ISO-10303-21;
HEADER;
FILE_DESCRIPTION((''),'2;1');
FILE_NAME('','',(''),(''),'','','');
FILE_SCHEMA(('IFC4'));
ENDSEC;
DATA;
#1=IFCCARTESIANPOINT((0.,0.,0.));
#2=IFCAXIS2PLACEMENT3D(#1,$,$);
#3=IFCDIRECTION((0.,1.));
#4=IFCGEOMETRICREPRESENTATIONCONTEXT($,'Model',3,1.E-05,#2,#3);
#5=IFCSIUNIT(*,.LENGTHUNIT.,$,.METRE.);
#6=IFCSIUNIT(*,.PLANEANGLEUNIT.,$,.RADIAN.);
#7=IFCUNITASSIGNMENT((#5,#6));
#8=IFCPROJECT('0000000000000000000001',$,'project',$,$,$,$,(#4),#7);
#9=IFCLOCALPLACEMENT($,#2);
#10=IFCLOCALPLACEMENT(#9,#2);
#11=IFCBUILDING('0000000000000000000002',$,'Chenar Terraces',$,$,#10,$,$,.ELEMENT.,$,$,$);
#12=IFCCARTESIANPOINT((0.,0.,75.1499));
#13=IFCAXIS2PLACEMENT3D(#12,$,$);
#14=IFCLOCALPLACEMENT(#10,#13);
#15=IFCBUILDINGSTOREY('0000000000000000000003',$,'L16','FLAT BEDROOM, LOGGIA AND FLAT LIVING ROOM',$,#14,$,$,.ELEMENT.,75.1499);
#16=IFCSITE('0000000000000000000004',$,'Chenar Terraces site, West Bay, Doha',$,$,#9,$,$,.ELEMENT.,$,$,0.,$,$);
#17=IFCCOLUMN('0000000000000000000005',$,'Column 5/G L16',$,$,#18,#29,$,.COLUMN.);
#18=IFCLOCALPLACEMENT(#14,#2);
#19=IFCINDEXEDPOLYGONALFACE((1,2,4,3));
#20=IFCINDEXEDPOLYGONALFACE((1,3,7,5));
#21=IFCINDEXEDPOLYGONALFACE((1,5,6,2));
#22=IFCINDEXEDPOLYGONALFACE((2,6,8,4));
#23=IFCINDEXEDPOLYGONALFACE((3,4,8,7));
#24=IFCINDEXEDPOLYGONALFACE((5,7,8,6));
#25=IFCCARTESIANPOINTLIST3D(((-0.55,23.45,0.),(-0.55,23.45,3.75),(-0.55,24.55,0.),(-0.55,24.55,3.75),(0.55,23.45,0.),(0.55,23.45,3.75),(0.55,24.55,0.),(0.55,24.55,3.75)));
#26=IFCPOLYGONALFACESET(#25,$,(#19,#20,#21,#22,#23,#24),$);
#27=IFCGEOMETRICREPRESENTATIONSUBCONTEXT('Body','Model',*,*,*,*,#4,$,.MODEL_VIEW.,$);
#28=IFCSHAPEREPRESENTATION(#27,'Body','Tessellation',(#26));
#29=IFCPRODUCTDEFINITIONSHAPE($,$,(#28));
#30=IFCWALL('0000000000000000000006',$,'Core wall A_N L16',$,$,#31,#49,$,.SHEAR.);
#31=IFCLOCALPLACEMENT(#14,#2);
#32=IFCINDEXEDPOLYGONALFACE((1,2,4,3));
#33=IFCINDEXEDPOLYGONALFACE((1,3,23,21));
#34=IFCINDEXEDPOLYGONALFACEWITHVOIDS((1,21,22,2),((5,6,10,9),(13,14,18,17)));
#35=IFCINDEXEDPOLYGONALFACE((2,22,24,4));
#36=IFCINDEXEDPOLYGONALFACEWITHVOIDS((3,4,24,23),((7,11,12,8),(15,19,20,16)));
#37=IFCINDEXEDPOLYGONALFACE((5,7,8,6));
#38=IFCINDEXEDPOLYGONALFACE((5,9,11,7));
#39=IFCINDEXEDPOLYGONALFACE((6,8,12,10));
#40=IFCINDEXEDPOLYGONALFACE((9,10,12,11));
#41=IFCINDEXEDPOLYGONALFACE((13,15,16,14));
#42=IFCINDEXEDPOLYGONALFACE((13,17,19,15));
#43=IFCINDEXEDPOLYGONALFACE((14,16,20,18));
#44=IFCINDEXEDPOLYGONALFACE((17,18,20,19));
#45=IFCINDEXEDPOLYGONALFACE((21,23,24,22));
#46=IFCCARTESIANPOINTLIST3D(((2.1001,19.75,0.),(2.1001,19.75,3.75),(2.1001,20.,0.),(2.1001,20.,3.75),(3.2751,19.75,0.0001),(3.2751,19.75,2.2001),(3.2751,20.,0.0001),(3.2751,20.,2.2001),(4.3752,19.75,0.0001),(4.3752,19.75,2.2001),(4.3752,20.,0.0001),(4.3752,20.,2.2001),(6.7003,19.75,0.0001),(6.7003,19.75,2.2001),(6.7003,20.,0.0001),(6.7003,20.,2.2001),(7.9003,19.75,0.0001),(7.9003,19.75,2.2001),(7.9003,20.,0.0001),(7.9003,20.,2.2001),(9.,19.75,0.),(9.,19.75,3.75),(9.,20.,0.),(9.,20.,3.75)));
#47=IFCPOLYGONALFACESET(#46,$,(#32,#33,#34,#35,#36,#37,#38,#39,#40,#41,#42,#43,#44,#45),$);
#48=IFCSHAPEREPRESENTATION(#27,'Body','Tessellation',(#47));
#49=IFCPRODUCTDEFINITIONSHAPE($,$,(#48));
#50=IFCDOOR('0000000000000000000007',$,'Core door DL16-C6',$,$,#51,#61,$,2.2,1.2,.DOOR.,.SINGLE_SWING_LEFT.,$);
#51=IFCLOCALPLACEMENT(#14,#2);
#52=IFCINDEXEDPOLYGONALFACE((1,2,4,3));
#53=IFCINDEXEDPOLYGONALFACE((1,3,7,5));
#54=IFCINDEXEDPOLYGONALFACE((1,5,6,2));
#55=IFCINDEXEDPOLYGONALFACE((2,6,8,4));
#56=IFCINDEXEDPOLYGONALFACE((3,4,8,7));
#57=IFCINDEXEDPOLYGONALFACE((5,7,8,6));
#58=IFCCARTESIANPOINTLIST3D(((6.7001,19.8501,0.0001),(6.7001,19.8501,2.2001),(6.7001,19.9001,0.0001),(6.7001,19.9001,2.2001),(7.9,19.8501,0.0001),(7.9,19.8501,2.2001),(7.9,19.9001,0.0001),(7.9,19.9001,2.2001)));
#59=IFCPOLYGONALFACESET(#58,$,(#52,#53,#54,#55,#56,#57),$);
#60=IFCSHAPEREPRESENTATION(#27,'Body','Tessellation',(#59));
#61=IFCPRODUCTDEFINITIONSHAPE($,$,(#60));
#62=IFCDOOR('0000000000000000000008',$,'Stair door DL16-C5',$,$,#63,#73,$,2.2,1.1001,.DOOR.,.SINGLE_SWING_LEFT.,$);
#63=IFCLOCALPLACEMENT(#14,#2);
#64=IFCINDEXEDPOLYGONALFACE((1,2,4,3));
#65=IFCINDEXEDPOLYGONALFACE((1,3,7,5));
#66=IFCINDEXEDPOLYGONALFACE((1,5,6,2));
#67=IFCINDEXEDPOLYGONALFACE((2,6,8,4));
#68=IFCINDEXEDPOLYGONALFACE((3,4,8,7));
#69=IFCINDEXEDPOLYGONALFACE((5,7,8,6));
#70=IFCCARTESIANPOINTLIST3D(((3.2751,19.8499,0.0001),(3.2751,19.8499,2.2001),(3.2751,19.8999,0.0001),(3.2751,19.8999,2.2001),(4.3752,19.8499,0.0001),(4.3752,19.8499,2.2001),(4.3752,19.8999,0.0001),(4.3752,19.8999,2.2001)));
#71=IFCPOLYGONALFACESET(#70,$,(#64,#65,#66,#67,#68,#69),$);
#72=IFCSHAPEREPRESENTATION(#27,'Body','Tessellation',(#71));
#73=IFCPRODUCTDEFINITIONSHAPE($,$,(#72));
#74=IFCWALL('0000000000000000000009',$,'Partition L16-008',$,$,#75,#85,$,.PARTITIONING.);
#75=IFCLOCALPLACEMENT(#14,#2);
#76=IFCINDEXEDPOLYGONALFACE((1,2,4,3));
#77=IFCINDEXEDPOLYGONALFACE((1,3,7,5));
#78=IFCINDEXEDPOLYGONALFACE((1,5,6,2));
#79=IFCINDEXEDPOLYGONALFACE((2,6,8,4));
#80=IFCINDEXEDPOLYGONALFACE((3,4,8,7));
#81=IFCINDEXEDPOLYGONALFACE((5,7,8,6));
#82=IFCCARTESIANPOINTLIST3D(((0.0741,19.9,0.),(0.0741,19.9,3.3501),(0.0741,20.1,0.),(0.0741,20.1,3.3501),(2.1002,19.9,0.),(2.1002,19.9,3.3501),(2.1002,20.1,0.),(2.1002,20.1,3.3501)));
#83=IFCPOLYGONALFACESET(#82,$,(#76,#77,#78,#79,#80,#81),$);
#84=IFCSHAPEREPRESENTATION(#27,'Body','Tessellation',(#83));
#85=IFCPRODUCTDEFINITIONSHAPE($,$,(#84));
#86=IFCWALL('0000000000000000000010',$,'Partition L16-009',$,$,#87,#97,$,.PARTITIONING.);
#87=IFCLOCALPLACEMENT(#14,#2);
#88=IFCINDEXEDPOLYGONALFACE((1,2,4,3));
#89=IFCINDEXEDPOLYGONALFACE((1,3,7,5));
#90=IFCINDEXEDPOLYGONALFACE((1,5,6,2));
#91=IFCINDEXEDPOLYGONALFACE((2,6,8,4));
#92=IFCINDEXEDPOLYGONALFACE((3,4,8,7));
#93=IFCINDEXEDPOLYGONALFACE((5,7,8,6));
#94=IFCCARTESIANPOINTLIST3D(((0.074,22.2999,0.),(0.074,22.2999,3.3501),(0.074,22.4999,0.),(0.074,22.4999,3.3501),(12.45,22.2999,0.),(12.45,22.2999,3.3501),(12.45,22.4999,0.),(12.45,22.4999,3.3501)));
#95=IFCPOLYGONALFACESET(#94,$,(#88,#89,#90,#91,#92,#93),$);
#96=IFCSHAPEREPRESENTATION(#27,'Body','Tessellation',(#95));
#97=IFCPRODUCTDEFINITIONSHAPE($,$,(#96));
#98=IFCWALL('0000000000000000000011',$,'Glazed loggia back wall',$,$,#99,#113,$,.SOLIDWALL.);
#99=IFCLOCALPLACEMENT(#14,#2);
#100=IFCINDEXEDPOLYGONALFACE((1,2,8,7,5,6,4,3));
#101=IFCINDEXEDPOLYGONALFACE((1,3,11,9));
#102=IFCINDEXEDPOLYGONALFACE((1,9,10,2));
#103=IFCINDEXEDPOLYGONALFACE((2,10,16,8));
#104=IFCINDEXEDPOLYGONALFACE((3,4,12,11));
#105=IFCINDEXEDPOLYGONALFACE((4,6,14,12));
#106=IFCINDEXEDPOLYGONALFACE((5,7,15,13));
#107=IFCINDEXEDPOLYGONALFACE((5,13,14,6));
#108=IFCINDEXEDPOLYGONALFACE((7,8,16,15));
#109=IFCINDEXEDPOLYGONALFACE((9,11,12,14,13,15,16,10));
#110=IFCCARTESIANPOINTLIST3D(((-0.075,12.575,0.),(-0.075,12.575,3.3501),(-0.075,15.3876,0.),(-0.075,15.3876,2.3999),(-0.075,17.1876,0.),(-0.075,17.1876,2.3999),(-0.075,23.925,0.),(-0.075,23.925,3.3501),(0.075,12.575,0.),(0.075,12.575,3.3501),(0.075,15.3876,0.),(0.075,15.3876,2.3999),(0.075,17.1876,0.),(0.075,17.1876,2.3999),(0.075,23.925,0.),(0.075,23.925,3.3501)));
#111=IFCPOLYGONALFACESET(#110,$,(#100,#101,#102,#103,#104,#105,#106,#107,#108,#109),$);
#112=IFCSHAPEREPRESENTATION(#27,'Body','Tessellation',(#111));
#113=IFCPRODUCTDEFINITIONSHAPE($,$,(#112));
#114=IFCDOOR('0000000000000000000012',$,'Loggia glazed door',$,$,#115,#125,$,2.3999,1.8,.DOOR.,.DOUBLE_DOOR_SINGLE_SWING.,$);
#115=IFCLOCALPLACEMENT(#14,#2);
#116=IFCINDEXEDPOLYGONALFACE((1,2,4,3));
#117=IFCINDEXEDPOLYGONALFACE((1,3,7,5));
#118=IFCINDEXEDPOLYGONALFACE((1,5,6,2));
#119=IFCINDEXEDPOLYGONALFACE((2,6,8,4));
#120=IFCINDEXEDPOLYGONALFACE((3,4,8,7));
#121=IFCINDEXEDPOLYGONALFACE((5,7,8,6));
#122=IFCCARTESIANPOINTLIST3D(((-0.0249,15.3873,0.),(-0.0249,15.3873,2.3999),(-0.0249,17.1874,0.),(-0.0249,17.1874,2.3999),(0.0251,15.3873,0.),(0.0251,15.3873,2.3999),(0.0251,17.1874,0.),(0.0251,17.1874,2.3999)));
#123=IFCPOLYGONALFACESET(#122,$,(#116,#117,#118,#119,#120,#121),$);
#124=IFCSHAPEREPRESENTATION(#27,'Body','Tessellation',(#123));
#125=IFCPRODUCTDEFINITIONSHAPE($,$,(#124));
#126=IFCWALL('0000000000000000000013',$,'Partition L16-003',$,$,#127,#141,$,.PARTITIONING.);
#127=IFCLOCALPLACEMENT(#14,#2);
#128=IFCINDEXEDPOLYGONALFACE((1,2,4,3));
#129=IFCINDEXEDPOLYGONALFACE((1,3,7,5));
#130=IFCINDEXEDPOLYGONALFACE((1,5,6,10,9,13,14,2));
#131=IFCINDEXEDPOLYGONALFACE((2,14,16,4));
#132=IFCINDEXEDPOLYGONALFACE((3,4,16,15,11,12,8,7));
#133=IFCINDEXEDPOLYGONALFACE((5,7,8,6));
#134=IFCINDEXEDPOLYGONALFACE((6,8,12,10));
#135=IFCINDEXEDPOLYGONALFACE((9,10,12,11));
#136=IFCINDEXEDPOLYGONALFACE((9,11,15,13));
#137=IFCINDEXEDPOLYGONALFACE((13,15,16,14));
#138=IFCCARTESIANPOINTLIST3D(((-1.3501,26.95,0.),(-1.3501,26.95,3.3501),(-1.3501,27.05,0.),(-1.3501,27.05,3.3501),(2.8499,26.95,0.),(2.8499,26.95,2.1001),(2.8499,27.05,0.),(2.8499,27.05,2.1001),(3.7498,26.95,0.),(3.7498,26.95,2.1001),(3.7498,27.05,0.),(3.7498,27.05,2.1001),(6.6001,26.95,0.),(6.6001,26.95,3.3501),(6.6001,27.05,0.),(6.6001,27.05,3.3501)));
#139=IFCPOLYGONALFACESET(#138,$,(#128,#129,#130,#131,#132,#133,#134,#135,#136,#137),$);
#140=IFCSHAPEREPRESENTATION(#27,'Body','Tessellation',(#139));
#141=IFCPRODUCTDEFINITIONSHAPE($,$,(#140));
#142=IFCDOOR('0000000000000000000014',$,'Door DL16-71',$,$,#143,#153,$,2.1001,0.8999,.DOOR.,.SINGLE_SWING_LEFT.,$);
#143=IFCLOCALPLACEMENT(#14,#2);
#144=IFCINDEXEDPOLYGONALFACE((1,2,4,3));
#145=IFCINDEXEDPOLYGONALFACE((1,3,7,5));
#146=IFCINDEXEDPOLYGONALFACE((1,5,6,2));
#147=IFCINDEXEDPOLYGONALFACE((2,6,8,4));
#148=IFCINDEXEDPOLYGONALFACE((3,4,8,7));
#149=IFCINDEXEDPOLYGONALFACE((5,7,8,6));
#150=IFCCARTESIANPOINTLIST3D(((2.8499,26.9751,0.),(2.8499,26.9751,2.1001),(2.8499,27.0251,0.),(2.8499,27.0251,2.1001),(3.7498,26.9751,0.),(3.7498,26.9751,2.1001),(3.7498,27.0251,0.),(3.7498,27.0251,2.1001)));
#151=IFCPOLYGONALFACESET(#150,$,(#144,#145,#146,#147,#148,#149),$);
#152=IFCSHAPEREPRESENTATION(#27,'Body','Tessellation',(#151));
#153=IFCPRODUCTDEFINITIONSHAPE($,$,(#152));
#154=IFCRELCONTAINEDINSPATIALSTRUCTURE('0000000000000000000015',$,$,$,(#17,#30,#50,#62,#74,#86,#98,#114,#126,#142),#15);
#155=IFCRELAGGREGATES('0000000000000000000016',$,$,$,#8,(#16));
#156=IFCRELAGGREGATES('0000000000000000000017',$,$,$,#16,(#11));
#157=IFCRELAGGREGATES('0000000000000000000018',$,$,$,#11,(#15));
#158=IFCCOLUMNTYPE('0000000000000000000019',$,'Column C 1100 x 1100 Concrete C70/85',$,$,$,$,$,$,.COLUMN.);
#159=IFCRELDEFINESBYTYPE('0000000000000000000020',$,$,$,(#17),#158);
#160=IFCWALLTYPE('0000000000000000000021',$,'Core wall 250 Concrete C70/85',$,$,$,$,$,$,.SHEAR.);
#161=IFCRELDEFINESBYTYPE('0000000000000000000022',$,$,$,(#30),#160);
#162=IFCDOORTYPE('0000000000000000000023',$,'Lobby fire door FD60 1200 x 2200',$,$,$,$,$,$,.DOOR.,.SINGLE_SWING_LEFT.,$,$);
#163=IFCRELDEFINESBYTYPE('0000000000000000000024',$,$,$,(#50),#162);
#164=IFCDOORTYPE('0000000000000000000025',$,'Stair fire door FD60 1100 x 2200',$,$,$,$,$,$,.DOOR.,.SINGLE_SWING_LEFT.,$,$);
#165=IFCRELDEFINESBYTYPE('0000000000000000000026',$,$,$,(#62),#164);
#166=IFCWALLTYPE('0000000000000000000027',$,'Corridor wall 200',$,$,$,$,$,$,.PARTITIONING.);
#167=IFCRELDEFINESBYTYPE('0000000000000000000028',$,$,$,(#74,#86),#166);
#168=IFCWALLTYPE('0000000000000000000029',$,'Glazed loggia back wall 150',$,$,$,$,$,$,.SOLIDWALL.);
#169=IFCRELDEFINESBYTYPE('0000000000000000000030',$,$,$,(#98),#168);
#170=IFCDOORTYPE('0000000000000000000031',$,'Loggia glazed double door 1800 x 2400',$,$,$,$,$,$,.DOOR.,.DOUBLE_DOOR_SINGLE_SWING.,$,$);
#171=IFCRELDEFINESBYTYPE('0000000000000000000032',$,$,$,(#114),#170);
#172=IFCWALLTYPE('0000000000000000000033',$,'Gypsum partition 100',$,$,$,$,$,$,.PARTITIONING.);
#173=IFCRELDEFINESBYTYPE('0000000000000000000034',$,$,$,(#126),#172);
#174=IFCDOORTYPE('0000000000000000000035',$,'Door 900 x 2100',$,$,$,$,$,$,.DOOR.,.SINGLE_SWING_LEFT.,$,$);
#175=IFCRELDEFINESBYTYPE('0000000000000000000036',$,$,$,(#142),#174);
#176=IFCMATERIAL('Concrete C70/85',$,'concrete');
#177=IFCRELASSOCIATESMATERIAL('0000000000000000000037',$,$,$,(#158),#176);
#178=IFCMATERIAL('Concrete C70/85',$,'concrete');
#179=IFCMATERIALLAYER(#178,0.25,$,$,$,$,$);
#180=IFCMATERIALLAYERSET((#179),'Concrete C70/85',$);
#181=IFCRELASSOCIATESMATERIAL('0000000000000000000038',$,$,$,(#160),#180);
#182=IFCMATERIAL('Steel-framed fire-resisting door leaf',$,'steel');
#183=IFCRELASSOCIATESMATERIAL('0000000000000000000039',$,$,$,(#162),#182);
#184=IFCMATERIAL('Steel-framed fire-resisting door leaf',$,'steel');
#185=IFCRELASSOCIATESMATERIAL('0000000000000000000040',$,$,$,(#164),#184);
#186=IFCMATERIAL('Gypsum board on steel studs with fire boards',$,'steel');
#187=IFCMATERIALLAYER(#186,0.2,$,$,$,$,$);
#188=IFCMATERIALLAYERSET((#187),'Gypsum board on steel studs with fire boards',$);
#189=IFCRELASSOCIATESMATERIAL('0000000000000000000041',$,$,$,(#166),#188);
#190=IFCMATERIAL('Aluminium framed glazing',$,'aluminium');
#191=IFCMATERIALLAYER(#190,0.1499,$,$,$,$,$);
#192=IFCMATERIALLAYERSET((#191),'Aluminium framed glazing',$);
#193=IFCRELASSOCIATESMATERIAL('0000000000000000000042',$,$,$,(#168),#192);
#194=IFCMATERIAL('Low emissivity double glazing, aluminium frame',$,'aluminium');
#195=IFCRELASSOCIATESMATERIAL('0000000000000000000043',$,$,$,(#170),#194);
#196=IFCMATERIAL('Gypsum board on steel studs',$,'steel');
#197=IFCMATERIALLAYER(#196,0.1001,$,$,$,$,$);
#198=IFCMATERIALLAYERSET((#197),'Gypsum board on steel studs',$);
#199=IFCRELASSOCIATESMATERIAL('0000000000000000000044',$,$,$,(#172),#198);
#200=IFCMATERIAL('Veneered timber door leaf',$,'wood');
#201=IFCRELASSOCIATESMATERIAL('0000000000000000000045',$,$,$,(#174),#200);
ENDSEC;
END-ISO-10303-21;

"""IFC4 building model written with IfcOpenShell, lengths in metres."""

from ifc_helpers import new_model, si_unit, direction, frame, frame_2d, origin, origin_2d, place, context, subcontext, project, spatial, rectangle, extrude, material, layer, layer_set, material_profile, profile_set, type_object, element, fill, save


model = new_model("IFC4")

# Units and contexts
model_context = context("Model", 3, precision=1e-05, world=origin(), true_north=direction((0.0, 1.0)))
body_context = subcontext(model_context, "Body", "Model", "MODEL_VIEW")
ifc_project = project(units=[si_unit("LENGTHUNIT", "METRE"), si_unit("PLANEANGLEUNIT", "RADIAN")], contexts=[model_context])

# Site, building, storey
site_placement = place(None, origin())
site = spatial("IfcSite", under=ifc_project, at=site_placement, Name="Chenar Terraces site, West Bay, Doha", CompositionType="ELEMENT", RefElevation=0.0)
building_placement = place(site_placement, origin())
building = spatial("IfcBuilding", under=site, at=building_placement, Name="Chenar Terraces", CompositionType="ELEMENT")
storey_placement = place(building_placement, frame((0.0, 0.0, 75.1499)))
storey = spatial("IfcBuildingStorey", under=building, at=storey_placement, Name="L16", Description="FLAT BEDROOM, LOGGIA AND FLAT LIVING ROOM", CompositionType="ELEMENT", Elevation=75.1499)

# Column
ifc_material_1 = material(Name="Concrete C70/85", Category="concrete")
ifc_material_profile = material_profile(ifc_material_1, rectangle(XDim=1.1001, YDim=1.1001, at=origin_2d()), Name="C 1100 x 1100")
ifc_profile_set = profile_set([ifc_material_profile], Name="Concrete C70/85")
column_type = type_object("IfcColumnType", Name="Column C 1100 x 1100 Concrete C70/85", PredefinedType="COLUMN", material=ifc_profile_set)
column_placement = place(storey_placement, frame((0.0, 24.0, 0.0), z_axis=(0.0, 0.0, 1.0), x_axis=(1.0, 0.0, 0.0)))
element("IfcColumn", 1, at=column_placement, inside=storey, type_object=column_type, Name="Column 5/G L16", PredefinedType="COLUMN", context=body_context, shape_type="SweptSolid", body=[
    extrude(rectangle(XDim=1.1001, YDim=1.1001, at=origin_2d()), origin(), (0.0, 0.0, 1.0), 3.75),
])

# Wall, openings, doors
ifc_material_2 = material(Name="Concrete C70/85", Category="concrete")
ifc_layer_1 = layer(ifc_material_2, 0.25)
ifc_layer_set_1 = layer_set([ifc_layer_1], Name="Concrete C70/85")
wall_type_1 = type_object("IfcWallType", Name="Core wall 250 Concrete C70/85", PredefinedType="SHEAR", material=ifc_layer_set_1)
wall_1_placement = place(storey_placement, frame((2.1001, 19.875, 0.0), z_axis=(0.0, 0.0, 1.0), x_axis=(1.0, 0.0, 0.0)))
wall_1 = element("IfcWall", 2, at=wall_1_placement, inside=storey, type_object=wall_type_1, Name="Core wall A_N L16", PredefinedType="SHEAR", context=body_context, shape_type="SweptSolid", body=[
    extrude(rectangle(XDim=6.8999, YDim=0.25, at=frame_2d((3.45, 0.0))), origin(), (0.0, 0.0, 1.0), 3.75),
])
opening_1_placement = place(wall_1_placement, frame((1.175, 0.0, 0.0)))
opening_1 = element("IfcOpeningElement", 3, at=opening_1_placement, cuts=wall_1, PredefinedType="OPENING", context=body_context, shape_type="SweptSolid", body=[
    extrude(rectangle(XDim=1.1001, YDim=2.2, at=frame_2d((0.55, 1.1001))), frame((0.0, 0.135, 0.0), z_axis=(0.0, -1.0, 0.0), x_axis=(1.0, 0.0, 0.0)), (0.0, 0.0, 1.0), 0.27),
])
opening_2_placement = place(wall_1_placement, frame((4.6001, 0.0, 0.0)))
opening_2 = element("IfcOpeningElement", 4, at=opening_2_placement, cuts=wall_1, PredefinedType="OPENING", context=body_context, shape_type="SweptSolid", body=[
    extrude(rectangle(XDim=1.2, YDim=2.2, at=frame_2d((0.6001, 1.1001))), frame((0.0, 0.135, 0.0), z_axis=(0.0, -1.0, 0.0), x_axis=(1.0, 0.0, 0.0)), (0.0, 0.0, 1.0), 0.27),
])
ifc_material_3 = material(Name="Steel-framed fire-resisting door leaf", Category="steel")
door_type_1 = type_object("IfcDoorType", Name="Lobby fire door FD60 1200 x 2200", OperationType="SINGLE_SWING_LEFT", PredefinedType="DOOR", material=ifc_material_3)
door_1_placement = place(opening_2_placement, frame((1.2, 0.0, 0.0), z_axis=(0.0, 0.0, 1.0), x_axis=(-1.0, 0.0, 0.0)))
door_1 = element("IfcDoor", 5, at=door_1_placement, inside=storey, type_object=door_type_1, Name="Core door DL16-C6", OperationType="SINGLE_SWING_LEFT", OverallHeight=2.2, OverallWidth=1.2, PredefinedType="DOOR", context=body_context, shape_type="SweptSolid", body=[
    extrude(rectangle(XDim=1.2, YDim=2.2, at=frame_2d((0.6001, 1.1001))), frame((0.0, 0.0249, 0.0), z_axis=(0.0, -1.0, 0.0), x_axis=(1.0, 0.0, 0.0)), (0.0, 0.0, 1.0), 0.05),
])
fill(opening_2, door_1)
ifc_material_4 = material(Name="Steel-framed fire-resisting door leaf", Category="steel")
door_type_2 = type_object("IfcDoorType", Name="Stair fire door FD60 1100 x 2200", OperationType="SINGLE_SWING_LEFT", PredefinedType="DOOR", material=ifc_material_4)
door_2_placement = place(opening_1_placement, origin())
door_2 = element("IfcDoor", 6, at=door_2_placement, inside=storey, type_object=door_type_2, Name="Stair door DL16-C5", OperationType="SINGLE_SWING_LEFT", OverallHeight=2.2, OverallWidth=1.1001, PredefinedType="DOOR", context=body_context, shape_type="SweptSolid", body=[
    extrude(rectangle(XDim=1.1001, YDim=2.2, at=frame_2d((0.55, 1.1001))), frame((0.0, 0.0249, 0.0), z_axis=(0.0, -1.0, 0.0), x_axis=(1.0, 0.0, 0.0)), (0.0, 0.0, 1.0), 0.05),
])
fill(opening_1, door_2)

# Walls
ifc_material_5 = material(Name="Gypsum board on steel studs with fire boards", Category="steel")
ifc_layer_2 = layer(ifc_material_5, 0.2)
ifc_layer_set_2 = layer_set([ifc_layer_2], Name="Gypsum board on steel studs with fire boards")
wall_type_2 = type_object("IfcWallType", Name="Corridor wall 200", PredefinedType="PARTITIONING", material=ifc_layer_set_2)
wall_2_placement = place(storey_placement, frame((0.074, 20.0, 0.0), z_axis=(0.0, 0.0, 1.0), x_axis=(1.0, 0.0, 0.0)))
element("IfcWall", 7, at=wall_2_placement, inside=storey, type_object=wall_type_2, Name="Partition L16-008", PredefinedType="PARTITIONING", context=body_context, shape_type="SweptSolid", body=[
    extrude(rectangle(XDim=2.0261, YDim=0.2, at=frame_2d((1.0132, 0.0))), origin(), (0.0, 0.0, 1.0), 3.3501),
])
wall_3_placement = place(storey_placement, frame((0.074, 22.3999, 0.0), z_axis=(0.0, 0.0, 1.0), x_axis=(1.0, 0.0, 0.0)))
element("IfcWall", 8, at=wall_3_placement, inside=storey, type_object=wall_type_2, Name="Partition L16-009", PredefinedType="PARTITIONING", context=body_context, shape_type="SweptSolid", body=[
    extrude(rectangle(XDim=12.376, YDim=0.2, at=frame_2d((6.188, 0.0))), origin(), (0.0, 0.0, 1.0), 3.3501),
])

# Walls, openings, doors
ifc_material_6 = material(Name="Aluminium framed glazing", Category="aluminium")
ifc_layer_3 = layer(ifc_material_6, 0.1499)
ifc_layer_set_3 = layer_set([ifc_layer_3], Name="Aluminium framed glazing")
wall_type_3 = type_object("IfcWallType", Name="Glazed loggia back wall 150", PredefinedType="SOLIDWALL", material=ifc_layer_set_3)
wall_4_placement = place(storey_placement, frame((0.0, 23.925, 0.0), z_axis=(0.0, 0.0, 1.0), x_axis=(0.0, -1.0, 0.0)))
wall_4 = element("IfcWall", 9, at=wall_4_placement, inside=storey, type_object=wall_type_3, Name="Glazed loggia back wall", PredefinedType="SOLIDWALL", context=body_context, shape_type="SweptSolid", body=[
    extrude(rectangle(XDim=11.3501, YDim=0.1499, at=frame_2d((5.675, 0.0))), origin(), (0.0, 0.0, 1.0), 3.3501),
])
opening_3_placement = place(wall_4_placement, frame((6.7375, 0.0, 0.0)))
opening_3 = element("IfcOpeningElement", 10, at=opening_3_placement, cuts=wall_4, PredefinedType="OPENING", context=body_context, shape_type="SweptSolid", body=[
    extrude(rectangle(XDim=1.8, YDim=2.3999, at=frame_2d((0.8999, 1.2))), frame((0.0, 0.085, 0.0), z_axis=(0.0, -1.0, 0.0), x_axis=(1.0, 0.0, 0.0)), (0.0, 0.0, 1.0), 0.1699),
])
ifc_material_7 = material(Name="Low emissivity double glazing, aluminium frame", Category="aluminium")
door_type_3 = type_object("IfcDoorType", Name="Loggia glazed double door 1800 x 2400", OperationType="DOUBLE_DOOR_SINGLE_SWING", PredefinedType="DOOR", material=ifc_material_7)
door_3_placement = place(opening_3_placement, frame((1.8, 0.0, 0.0), z_axis=(0.0, 0.0, 1.0), x_axis=(-1.0, 0.0, 0.0)))
door_3 = element("IfcDoor", 11, at=door_3_placement, inside=storey, type_object=door_type_3, Name="Loggia glazed door", OperationType="DOUBLE_DOOR_SINGLE_SWING", OverallHeight=2.3999, OverallWidth=1.8, PredefinedType="DOOR", context=body_context, shape_type="SweptSolid", body=[
    extrude(rectangle(XDim=1.8, YDim=2.3999, at=frame_2d((0.8999, 1.2))), frame((0.0, 0.0249, 0.0), z_axis=(0.0, -1.0, 0.0), x_axis=(1.0, 0.0, 0.0)), (0.0, 0.0, 1.0), 0.05),
])
fill(opening_3, door_3)
ifc_material_8 = material(Name="Gypsum board on steel studs", Category="steel")
ifc_layer_4 = layer(ifc_material_8, 0.1001)
ifc_layer_set_4 = layer_set([ifc_layer_4], Name="Gypsum board on steel studs")
wall_type_4 = type_object("IfcWallType", Name="Gypsum partition 100", PredefinedType="PARTITIONING", material=ifc_layer_set_4)
wall_5_placement = place(storey_placement, frame((-1.3501, 27.0, 0.0), z_axis=(0.0, 0.0, 1.0), x_axis=(1.0, 0.0, 0.0)))
wall_5 = element("IfcWall", 12, at=wall_5_placement, inside=storey, type_object=wall_type_4, Name="Partition L16-003", PredefinedType="PARTITIONING", context=body_context, shape_type="SweptSolid", body=[
    extrude(rectangle(XDim=7.9502, YDim=0.1001, at=frame_2d((3.9751, 0.0))), origin(), (0.0, 0.0, 1.0), 3.3501),
])
opening_4_placement = place(wall_5_placement, frame((4.2, 0.0, 0.0)))
opening_4 = element("IfcOpeningElement", 13, at=opening_4_placement, cuts=wall_5, PredefinedType="OPENING", context=body_context, shape_type="SweptSolid", body=[
    extrude(rectangle(XDim=0.8999, YDim=2.1001, at=frame_2d((0.45, 1.05))), frame((0.0, 0.0601, 0.0), z_axis=(0.0, -1.0, 0.0), x_axis=(1.0, 0.0, 0.0)), (0.0, 0.0, 1.0), 0.1201),
])
ifc_material_9 = material(Name="Veneered timber door leaf", Category="wood")
door_type_4 = type_object("IfcDoorType", Name="Door 900 x 2100", OperationType="SINGLE_SWING_LEFT", PredefinedType="DOOR", material=ifc_material_9)
door_4_placement = place(opening_4_placement, frame((0.8999, 0.0, 0.0), z_axis=(0.0, 0.0, 1.0), x_axis=(-1.0, 0.0, 0.0)))
door_4 = element("IfcDoor", 14, at=door_4_placement, inside=storey, type_object=door_type_4, Name="Door DL16-71", OperationType="SINGLE_SWING_LEFT", OverallHeight=2.1001, OverallWidth=0.8999, PredefinedType="DOOR", context=body_context, shape_type="SweptSolid", body=[
    extrude(rectangle(XDim=0.8999, YDim=2.1001, at=frame_2d((0.45, 1.05))), frame((0.0, 0.0249, 0.0), z_axis=(0.0, -1.0, 0.0), x_axis=(1.0, 0.0, 0.0)), (0.0, 0.0, 1.0), 0.05),
])
fill(opening_4, door_4)

save(model, "model.ifc")
